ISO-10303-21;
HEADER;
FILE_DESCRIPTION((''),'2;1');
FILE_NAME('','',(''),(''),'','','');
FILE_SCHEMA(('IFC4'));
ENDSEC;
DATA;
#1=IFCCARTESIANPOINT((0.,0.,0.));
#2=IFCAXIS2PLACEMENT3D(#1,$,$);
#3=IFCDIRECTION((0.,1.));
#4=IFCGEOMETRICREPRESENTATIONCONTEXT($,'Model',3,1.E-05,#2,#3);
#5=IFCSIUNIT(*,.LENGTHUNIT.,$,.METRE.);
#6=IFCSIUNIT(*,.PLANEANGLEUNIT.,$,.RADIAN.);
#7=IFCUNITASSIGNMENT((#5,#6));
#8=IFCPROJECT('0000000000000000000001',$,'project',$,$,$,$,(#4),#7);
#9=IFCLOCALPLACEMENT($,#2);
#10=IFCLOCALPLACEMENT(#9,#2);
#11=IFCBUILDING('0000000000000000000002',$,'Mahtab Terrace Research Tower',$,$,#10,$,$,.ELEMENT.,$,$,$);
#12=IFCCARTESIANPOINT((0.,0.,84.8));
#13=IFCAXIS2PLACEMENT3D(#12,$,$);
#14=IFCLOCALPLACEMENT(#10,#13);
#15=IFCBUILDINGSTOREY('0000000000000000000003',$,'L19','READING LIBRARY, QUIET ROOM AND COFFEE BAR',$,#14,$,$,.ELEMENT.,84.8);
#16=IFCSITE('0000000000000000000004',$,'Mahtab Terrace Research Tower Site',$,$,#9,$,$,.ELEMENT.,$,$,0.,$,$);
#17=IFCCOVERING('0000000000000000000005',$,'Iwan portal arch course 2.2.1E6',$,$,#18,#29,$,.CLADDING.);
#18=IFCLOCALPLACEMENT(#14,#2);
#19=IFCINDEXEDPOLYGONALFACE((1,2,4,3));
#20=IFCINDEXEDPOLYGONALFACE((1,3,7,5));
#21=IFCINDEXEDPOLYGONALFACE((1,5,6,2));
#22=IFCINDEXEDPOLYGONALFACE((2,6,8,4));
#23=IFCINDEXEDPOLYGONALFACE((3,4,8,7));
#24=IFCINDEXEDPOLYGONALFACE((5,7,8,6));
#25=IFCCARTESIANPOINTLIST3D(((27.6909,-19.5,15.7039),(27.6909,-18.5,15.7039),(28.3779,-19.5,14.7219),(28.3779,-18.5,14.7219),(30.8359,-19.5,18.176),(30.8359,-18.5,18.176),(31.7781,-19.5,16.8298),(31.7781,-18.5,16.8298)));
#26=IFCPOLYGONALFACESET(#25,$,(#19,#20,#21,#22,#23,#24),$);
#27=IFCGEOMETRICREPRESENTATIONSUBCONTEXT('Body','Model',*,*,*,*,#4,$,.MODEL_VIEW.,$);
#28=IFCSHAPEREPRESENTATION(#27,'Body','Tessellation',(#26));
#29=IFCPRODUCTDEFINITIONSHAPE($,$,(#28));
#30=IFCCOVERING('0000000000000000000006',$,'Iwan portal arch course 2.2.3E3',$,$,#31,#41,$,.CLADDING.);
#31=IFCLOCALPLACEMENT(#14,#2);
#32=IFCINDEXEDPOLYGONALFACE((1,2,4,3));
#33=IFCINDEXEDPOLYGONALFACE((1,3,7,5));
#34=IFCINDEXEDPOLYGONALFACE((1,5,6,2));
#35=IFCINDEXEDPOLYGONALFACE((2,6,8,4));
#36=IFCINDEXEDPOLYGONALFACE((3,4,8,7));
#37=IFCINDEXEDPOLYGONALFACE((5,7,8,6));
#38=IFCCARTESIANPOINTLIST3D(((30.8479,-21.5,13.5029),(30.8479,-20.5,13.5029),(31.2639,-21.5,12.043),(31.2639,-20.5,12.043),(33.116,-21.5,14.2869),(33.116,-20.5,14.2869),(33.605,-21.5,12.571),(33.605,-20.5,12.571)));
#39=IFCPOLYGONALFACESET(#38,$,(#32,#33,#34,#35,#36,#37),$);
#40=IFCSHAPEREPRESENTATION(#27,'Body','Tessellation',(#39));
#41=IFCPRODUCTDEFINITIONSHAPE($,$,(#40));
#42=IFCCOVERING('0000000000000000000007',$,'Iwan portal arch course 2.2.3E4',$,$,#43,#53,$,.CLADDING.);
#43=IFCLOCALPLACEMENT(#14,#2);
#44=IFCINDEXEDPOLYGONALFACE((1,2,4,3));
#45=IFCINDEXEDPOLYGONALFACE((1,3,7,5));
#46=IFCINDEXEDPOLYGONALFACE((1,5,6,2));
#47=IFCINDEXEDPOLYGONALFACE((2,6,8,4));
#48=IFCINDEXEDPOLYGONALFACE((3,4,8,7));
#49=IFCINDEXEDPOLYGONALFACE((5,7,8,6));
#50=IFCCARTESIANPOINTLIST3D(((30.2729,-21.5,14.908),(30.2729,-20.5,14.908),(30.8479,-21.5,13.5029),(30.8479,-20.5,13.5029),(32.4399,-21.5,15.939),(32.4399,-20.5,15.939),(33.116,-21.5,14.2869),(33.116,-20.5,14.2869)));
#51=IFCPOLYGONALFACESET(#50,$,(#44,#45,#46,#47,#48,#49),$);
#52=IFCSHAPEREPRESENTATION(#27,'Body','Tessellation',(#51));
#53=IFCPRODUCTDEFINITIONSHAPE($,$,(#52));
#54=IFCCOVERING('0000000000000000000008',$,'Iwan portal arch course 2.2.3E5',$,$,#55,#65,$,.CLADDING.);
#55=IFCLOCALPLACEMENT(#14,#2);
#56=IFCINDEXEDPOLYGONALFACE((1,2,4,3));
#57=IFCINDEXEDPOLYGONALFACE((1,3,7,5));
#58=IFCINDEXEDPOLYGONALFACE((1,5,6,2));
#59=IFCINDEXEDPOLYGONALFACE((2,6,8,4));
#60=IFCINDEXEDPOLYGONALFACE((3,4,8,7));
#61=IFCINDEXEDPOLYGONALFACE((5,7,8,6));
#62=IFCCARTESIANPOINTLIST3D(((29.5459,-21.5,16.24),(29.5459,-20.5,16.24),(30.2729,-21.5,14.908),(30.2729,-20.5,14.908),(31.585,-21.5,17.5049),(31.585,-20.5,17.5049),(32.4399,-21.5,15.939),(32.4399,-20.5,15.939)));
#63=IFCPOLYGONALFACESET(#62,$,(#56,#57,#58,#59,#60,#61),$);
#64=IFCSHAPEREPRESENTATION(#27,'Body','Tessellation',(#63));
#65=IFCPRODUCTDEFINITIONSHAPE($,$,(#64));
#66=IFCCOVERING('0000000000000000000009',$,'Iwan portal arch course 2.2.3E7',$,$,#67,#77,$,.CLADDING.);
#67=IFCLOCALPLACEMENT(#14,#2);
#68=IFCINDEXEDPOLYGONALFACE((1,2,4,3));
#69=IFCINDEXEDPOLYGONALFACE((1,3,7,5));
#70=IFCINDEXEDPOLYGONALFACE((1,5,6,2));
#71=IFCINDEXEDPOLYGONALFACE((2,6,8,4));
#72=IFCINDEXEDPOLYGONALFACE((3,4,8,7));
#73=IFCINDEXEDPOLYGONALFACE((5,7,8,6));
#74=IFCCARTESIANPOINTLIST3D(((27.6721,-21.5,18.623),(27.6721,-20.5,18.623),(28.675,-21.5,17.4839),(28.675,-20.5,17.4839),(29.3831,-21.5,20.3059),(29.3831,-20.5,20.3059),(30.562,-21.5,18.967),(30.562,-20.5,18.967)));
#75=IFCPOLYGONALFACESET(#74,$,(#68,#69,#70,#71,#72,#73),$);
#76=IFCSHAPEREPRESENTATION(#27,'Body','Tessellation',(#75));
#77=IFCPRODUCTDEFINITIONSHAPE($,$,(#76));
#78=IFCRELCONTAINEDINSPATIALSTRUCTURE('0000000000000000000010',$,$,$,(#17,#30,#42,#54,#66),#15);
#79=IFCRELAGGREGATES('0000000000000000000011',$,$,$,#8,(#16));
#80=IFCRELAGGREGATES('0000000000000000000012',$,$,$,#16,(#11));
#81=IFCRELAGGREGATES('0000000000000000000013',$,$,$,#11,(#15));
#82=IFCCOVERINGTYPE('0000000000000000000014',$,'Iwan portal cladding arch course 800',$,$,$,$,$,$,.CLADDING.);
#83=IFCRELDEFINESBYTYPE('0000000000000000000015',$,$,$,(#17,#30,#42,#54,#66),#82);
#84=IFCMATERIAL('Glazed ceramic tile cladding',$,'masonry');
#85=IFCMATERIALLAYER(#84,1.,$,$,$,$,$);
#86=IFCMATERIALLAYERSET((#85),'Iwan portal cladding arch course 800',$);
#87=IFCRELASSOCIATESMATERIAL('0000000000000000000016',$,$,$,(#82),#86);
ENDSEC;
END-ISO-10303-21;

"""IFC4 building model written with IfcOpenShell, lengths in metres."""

from ifc_helpers import new_model, si_unit, direction, frame, origin, place, context, subcontext, project, spatial, polyline, outline, extrude, material, layer, layer_set, type_object, element, save


model = new_model("IFC4")

# Units and contexts
model_context = context("Model", 3, precision=1e-05, world=origin(), true_north=direction((0.0, 1.0)))
body_context = subcontext(model_context, "Body", "Model", "MODEL_VIEW")
ifc_project = project(units=[si_unit("LENGTHUNIT", "METRE"), si_unit("PLANEANGLEUNIT", "RADIAN")], contexts=[model_context])

# Site, building, storey
site_placement = place(None, origin())
site = spatial("IfcSite", under=ifc_project, at=site_placement, Name="Mahtab Terrace Research Tower Site", CompositionType="ELEMENT", RefElevation=0.0)
building_placement = place(site_placement, origin())
building = spatial("IfcBuilding", under=site, at=building_placement, Name="Mahtab Terrace Research Tower", CompositionType="ELEMENT")
storey_placement = place(building_placement, frame((0.0, 0.0, 84.8)))
storey = spatial("IfcBuildingStorey", under=building, at=storey_placement, Name="L19", Description="READING LIBRARY, QUIET ROOM AND COFFEE BAR", CompositionType="ELEMENT", Elevation=84.8)

# Coverings
ifc_material = material(Name="Glazed ceramic tile cladding", Category="masonry")
ifc_layer = layer(ifc_material, 1.0)
ifc_layer_set = layer_set([ifc_layer], Name="Iwan portal cladding arch course 800")
covering_type = type_object("IfcCoveringType", Name="Iwan portal cladding arch course 800", PredefinedType="CLADDING", material=ifc_layer_set)
covering_1_placement = place(storey_placement, frame((28.3779, -18.5, 14.7219), z_axis=(0.0, 1.0, 0.0), x_axis=(-0.573271, 0.0, 0.819366)))
element("IfcCovering", 1, at=covering_1_placement, inside=storey, type_object=covering_type, Name="Iwan portal arch course 2.2.1E6", PredefinedType="CLADDING", context=body_context, shape_type="SweptSolid", body=[
    extrude(outline(polyline([(0.0, 0.0), (1.1984, 0.0), (1.4211, 3.9941), (-0.2221, 3.9944), (0.0, 0.0)])), origin(), (0.0, 0.0, -1.0), 1.0),
])
covering_2_placement = place(storey_placement, frame((31.2639, -20.5, 12.043), z_axis=(0.0, 1.0, 0.0), x_axis=(-0.274041, 0.0, 0.961718)))
element("IfcCovering", 2, at=covering_2_placement, inside=storey, type_object=covering_type, Name="Iwan portal arch course 2.2.3E3", PredefinedType="CLADDING", context=body_context, shape_type="SweptSolid", body=[
    extrude(outline(polyline([(0.0, 0.0), (1.5181, 0.0), (1.6505, 2.3961), (-0.1337, 2.3962), (0.0, 0.0)])), origin(), (0.0, 0.0, -1.0), 1.0),
])
covering_3_placement = place(storey_placement, frame((30.8479, -20.5, 13.5029), z_axis=(0.0, 1.0, 0.0), x_axis=(-0.378727, 0.0, 0.925509)))
element("IfcCovering", 3, at=covering_3_placement, inside=storey, type_object=covering_type, Name="Iwan portal arch course 2.2.3E4", PredefinedType="CLADDING", context=body_context, shape_type="SweptSolid", body=[
    extrude(outline(polyline([(0.0, 0.0), (1.5181, 0.0), (1.6516, 2.396), (-0.1334, 2.396), (0.0, 0.0)])), origin(), (0.0, 0.0, -1.0), 1.0),
])
covering_4_placement = place(storey_placement, frame((30.2729, -20.5, 14.908), z_axis=(0.0, 1.0, 0.0), x_axis=(-0.4791, 0.0, 0.87776)))
element("IfcCovering", 4, at=covering_4_placement, inside=storey, type_object=covering_type, Name="Iwan portal arch course 2.2.3E5", PredefinedType="CLADDING", context=body_context, shape_type="SweptSolid", body=[
    extrude(outline(polyline([(0.0, 0.0), (1.5175, 0.0), (1.6509, 2.3958), (-0.1332, 2.3961), (0.0, 0.0)])), origin(), (0.0, 0.0, -1.0), 1.0),
])
covering_5_placement = place(storey_placement, frame((28.675, -20.5, 17.4839), z_axis=(0.0, 1.0, 0.0), x_axis=(-0.660802, 0.0, 0.75056)))
element("IfcCovering", 5, at=covering_5_placement, inside=storey, type_object=covering_type, Name="Iwan portal arch course 2.2.3E7", PredefinedType="CLADDING", context=body_context, shape_type="SweptSolid", body=[
    extrude(outline(polyline([(0.0, 0.0), (1.5177, 0.0), (1.6502, 2.3962), (-0.1337, 2.3964), (0.0, 0.0)])), origin(), (0.0, 0.0, -1.0), 1.0),
])

save(model, "model.ifc")
